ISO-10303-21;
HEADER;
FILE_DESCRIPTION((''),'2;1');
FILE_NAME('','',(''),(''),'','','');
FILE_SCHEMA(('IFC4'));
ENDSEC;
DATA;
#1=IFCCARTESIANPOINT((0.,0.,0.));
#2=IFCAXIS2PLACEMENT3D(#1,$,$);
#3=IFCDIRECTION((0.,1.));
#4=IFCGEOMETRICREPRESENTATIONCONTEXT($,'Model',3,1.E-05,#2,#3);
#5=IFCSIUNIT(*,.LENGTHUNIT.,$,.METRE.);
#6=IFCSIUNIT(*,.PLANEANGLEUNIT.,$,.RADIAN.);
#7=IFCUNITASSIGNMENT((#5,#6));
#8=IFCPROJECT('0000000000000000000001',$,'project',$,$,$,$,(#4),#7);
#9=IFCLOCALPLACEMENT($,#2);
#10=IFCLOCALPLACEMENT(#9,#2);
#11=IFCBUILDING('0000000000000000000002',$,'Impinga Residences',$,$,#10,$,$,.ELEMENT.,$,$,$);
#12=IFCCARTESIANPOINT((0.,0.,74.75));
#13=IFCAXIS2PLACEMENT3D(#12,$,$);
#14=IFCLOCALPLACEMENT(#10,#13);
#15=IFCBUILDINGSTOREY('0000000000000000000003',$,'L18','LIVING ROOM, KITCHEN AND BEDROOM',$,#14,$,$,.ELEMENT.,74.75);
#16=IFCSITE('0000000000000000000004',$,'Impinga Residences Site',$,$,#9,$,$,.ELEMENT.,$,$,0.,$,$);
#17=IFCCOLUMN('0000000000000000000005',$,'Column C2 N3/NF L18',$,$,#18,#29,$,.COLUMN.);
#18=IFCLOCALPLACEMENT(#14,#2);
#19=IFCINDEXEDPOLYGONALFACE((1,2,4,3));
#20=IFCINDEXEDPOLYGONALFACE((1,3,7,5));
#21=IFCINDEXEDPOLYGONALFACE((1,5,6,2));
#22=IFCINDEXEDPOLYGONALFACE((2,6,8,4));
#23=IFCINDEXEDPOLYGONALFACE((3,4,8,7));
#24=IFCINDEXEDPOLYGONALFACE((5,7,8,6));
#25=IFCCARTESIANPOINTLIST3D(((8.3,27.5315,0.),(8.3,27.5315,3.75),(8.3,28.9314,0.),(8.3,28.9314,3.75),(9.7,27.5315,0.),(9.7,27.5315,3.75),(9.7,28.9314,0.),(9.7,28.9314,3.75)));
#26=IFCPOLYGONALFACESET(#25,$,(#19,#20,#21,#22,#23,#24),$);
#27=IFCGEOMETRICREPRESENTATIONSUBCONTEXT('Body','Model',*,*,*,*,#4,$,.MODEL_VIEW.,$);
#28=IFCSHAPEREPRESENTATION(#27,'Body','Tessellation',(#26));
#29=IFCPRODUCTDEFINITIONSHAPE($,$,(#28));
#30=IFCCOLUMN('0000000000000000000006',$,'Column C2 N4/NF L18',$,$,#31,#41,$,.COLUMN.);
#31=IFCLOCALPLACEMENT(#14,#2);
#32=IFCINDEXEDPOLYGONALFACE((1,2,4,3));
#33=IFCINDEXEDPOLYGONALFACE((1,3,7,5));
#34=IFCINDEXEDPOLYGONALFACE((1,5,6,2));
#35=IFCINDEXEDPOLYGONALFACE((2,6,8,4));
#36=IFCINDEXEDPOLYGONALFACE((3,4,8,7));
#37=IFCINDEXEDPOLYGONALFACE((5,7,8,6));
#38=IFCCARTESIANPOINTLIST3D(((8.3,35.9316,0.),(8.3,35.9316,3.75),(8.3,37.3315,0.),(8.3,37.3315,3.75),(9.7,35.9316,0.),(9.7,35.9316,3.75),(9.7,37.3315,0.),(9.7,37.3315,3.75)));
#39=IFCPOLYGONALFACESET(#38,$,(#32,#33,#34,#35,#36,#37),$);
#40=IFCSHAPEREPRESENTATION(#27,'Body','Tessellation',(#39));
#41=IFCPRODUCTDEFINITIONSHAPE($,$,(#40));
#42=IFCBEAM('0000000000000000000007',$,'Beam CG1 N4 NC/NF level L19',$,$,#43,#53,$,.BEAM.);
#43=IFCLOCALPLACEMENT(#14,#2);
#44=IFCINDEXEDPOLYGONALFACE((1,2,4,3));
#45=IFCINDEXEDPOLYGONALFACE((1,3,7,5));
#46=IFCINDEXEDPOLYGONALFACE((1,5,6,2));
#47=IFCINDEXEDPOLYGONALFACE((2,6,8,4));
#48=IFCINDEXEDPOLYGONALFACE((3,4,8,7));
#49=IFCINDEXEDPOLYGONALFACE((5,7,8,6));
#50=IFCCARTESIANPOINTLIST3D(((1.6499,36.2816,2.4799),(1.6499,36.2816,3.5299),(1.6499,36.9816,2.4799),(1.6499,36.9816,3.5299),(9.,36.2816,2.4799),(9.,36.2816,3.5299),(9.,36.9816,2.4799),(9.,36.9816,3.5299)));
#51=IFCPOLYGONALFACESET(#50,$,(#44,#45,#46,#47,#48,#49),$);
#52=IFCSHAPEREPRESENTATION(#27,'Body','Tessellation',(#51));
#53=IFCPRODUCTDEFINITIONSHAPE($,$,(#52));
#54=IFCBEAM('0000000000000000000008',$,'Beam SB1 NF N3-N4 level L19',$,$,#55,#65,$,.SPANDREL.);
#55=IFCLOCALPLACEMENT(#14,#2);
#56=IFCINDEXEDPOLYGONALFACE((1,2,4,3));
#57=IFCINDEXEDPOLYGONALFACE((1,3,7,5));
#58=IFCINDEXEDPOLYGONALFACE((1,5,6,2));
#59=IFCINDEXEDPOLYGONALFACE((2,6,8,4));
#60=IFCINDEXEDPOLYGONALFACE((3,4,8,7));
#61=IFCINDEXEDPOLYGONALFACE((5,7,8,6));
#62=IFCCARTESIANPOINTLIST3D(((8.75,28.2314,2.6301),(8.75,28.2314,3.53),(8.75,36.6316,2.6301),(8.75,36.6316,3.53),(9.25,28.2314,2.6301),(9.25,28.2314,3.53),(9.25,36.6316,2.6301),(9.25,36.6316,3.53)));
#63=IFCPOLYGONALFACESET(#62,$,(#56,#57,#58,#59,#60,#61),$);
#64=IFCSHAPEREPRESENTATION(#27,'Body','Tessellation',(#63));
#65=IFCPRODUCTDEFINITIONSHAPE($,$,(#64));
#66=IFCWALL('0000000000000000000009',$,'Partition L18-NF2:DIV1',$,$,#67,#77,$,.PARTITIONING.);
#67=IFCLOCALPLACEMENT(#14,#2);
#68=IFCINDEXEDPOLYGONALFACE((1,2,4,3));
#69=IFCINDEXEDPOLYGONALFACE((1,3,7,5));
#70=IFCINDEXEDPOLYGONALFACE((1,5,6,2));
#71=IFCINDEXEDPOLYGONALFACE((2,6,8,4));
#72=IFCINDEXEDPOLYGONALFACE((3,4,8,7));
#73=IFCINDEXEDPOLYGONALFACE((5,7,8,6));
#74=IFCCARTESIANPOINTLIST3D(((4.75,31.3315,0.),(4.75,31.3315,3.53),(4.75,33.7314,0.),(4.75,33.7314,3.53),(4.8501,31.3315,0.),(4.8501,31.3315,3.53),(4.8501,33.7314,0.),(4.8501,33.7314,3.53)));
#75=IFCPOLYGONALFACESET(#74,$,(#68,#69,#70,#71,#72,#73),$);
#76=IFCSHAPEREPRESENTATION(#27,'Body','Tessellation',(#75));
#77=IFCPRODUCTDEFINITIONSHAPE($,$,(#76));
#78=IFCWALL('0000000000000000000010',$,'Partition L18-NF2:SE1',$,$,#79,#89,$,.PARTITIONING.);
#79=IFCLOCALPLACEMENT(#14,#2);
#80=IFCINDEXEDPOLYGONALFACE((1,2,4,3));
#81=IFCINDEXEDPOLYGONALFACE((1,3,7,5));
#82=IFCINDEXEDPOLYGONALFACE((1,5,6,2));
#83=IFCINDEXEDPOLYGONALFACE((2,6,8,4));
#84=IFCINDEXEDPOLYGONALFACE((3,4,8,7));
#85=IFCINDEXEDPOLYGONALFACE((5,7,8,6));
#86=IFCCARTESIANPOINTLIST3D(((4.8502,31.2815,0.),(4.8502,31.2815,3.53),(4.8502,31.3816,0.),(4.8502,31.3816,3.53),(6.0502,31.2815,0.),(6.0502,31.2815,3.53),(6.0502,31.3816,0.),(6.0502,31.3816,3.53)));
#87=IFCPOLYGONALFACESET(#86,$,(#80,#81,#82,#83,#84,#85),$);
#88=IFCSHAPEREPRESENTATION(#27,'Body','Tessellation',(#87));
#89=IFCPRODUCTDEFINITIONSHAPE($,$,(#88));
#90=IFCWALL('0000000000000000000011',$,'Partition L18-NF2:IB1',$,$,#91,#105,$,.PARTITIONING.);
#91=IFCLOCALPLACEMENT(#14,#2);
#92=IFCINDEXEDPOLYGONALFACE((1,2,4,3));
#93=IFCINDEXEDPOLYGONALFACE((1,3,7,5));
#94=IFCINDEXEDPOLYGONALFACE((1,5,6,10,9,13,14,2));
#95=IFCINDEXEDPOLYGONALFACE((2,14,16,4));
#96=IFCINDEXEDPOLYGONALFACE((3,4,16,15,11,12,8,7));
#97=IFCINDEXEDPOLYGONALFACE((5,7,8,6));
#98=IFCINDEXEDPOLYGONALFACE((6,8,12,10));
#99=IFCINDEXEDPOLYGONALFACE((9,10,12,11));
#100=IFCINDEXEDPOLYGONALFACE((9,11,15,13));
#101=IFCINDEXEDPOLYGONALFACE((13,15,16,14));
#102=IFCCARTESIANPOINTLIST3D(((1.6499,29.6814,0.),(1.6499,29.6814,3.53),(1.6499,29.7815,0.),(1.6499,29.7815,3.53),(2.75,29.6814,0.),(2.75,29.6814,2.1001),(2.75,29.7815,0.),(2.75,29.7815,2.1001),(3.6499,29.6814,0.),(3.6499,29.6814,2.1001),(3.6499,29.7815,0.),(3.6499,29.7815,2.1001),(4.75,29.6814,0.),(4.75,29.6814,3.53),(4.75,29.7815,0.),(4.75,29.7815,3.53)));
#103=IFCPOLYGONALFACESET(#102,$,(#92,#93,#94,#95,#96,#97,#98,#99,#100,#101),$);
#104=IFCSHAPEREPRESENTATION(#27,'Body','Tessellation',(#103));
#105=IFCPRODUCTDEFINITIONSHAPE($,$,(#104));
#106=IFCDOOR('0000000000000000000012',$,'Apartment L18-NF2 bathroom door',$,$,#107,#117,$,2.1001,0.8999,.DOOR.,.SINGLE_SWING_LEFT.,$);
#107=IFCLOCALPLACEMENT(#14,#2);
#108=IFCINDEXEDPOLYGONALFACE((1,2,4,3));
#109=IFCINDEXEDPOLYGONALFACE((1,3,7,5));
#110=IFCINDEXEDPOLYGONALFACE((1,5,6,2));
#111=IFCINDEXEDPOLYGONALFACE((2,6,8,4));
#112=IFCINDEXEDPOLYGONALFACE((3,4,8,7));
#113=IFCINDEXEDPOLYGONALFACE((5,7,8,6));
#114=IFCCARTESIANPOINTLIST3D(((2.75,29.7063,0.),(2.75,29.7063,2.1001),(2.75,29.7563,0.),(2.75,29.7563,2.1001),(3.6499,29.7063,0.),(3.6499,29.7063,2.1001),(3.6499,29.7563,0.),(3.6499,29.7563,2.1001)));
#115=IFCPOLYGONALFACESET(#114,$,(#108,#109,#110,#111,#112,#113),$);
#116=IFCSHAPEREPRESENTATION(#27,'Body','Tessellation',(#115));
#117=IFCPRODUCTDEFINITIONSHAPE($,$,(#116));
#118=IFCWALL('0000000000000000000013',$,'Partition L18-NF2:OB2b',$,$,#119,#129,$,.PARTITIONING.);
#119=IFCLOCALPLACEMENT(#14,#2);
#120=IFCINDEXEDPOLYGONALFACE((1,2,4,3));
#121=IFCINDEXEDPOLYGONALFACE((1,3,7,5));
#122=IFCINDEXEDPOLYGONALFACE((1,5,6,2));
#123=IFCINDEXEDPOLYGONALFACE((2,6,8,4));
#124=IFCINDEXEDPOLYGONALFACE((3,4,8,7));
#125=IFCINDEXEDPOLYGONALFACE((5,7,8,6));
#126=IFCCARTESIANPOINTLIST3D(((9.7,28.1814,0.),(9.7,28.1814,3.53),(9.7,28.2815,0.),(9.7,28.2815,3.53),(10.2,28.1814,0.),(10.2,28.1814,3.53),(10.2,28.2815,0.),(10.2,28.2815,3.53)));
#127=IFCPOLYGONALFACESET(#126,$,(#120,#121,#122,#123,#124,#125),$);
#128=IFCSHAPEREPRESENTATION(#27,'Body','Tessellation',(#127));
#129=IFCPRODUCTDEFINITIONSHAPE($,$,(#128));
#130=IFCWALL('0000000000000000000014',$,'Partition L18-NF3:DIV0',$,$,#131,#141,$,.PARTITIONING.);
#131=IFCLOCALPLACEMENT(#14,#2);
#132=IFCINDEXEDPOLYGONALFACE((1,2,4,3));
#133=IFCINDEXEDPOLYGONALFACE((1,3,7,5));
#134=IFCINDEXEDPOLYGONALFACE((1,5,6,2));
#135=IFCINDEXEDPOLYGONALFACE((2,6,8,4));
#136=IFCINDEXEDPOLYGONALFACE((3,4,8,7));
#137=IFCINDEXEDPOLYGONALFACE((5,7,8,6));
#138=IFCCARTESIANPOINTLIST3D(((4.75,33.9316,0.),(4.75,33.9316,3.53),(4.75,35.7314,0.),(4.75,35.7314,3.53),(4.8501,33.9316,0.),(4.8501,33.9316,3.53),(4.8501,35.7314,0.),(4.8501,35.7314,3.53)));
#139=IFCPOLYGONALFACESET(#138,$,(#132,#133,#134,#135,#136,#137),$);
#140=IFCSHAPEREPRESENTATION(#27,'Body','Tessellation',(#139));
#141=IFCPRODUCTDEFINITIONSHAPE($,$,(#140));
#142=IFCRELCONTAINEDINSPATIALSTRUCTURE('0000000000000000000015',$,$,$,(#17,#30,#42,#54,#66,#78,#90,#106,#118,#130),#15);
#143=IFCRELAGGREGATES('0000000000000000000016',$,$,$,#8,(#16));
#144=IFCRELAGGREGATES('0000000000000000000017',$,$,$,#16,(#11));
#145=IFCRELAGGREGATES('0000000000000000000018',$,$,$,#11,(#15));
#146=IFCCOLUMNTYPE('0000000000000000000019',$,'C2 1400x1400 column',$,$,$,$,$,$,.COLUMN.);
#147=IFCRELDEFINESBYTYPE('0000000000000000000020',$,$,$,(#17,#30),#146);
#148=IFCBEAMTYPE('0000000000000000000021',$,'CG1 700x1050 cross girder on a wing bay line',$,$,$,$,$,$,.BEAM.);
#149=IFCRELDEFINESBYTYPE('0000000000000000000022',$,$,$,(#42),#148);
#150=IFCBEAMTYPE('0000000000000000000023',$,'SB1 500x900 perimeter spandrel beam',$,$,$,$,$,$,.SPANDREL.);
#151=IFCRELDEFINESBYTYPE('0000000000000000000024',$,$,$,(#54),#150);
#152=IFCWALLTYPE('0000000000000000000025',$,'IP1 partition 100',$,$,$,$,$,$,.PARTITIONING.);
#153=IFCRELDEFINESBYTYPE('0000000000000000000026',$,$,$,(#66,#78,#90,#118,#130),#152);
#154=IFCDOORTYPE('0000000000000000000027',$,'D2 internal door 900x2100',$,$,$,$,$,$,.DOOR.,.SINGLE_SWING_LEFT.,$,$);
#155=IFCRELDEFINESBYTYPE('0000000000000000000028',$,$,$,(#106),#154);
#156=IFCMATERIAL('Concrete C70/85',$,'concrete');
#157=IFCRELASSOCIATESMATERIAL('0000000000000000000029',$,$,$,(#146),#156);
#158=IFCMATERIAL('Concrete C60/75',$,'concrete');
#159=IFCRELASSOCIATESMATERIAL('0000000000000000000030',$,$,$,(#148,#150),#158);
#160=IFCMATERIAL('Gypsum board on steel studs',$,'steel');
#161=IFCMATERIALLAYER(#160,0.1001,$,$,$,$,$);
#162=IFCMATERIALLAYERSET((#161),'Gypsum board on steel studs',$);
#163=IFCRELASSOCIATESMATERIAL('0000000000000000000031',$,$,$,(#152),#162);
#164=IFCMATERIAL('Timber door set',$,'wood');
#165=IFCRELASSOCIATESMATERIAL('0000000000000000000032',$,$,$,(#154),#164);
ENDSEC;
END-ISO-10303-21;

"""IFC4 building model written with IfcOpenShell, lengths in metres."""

from ifc_helpers import new_model, si_unit, direction, frame, frame_2d, origin, origin_2d, place, context, subcontext, project, spatial, rectangle, extrude, material, layer, layer_set, material_profile, profile_set, type_object, element, fill, save


model = new_model("IFC4")

# Units and contexts
model_context = context("Model", 3, precision=1e-05, world=origin(), true_north=direction((0.0, 1.0)))
body_context = subcontext(model_context, "Body", "Model", "MODEL_VIEW")
ifc_project = project(units=[si_unit("LENGTHUNIT", "METRE"), si_unit("PLANEANGLEUNIT", "RADIAN")], contexts=[model_context])

# Site, building, storey
site_placement = place(None, origin())
site = spatial("IfcSite", under=ifc_project, at=site_placement, Name="Impinga Residences Site", CompositionType="ELEMENT", RefElevation=0.0)
building_placement = place(site_placement, origin())
building = spatial("IfcBuilding", under=site, at=building_placement, Name="Impinga Residences", CompositionType="ELEMENT")
storey_placement = place(building_placement, frame((0.0, 0.0, 74.75)))
storey = spatial("IfcBuildingStorey", under=building, at=storey_placement, Name="L18", Description="LIVING ROOM, KITCHEN AND BEDROOM", CompositionType="ELEMENT", Elevation=74.75)

# Columns
ifc_material_1 = material(Name="Concrete C70/85", Category="concrete")
ifc_material_profile_1 = material_profile(ifc_material_1, rectangle(XDim=1.3999, YDim=1.3999, at=origin_2d()), Name="RC 1400x1400")
ifc_profile_set_1 = profile_set([ifc_material_profile_1], Name="Concrete C70/85")
column_type = type_object("IfcColumnType", Name="C2 1400x1400 column", PredefinedType="COLUMN", material=ifc_profile_set_1)
for number, where, z_axis, x_axis, name in (
    (1, (9.0, 28.2314, 0.0), (0.0, 0.0, 1.0), (1.0, 0.0, 0.0), "Column C2 N3/NF L18"),
    (2, (9.0, 36.6316, 0.0), (0.0, 0.0, 1.0), (1.0, 0.0, 0.0), "Column C2 N4/NF L18"),
):
    element("IfcColumn", number, at=place(storey_placement, frame(where, z_axis=z_axis, x_axis=x_axis)), inside=storey, type_object=column_type, Name=name, PredefinedType="COLUMN", context=body_context, shape_type="SweptSolid", body=[
        extrude(rectangle(XDim=1.3999, YDim=1.3999, at=origin_2d()), origin(), (0.0, 0.0, 1.0), 3.75),
    ])

# Beams
ifc_material_2 = material(Name="Concrete C60/75", Category="concrete")
ifc_material_profile_2 = material_profile(ifc_material_2, rectangle(XDim=0.7, YDim=1.05, at=origin_2d()), Name="RC 700x1050")
ifc_profile_set_2 = profile_set([ifc_material_profile_2], Name="Concrete C60/75")
beam_type_1 = type_object("IfcBeamType", Name="CG1 700x1050 cross girder on a wing bay line", PredefinedType="BEAM", material=ifc_profile_set_2)
beam_1_placement = place(storey_placement, frame((1.6499, 36.6316, 3.0049), z_axis=(1.0, 0.0, 0.0), x_axis=(0.0, 1.0, 0.0)))
element("IfcBeam", 3, at=beam_1_placement, inside=storey, type_object=beam_type_1, Name="Beam CG1 N4 NC/NF level L19", PredefinedType="BEAM", context=body_context, shape_type="SweptSolid", body=[
    extrude(rectangle(XDim=0.7, YDim=1.05, at=origin_2d()), origin(), (0.0, 0.0, 1.0), 7.3501),
])
ifc_material_profile_3 = material_profile(ifc_material_2, rectangle(XDim=0.5, YDim=0.8999, at=origin_2d()), Name="RC 500x900")
ifc_profile_set_3 = profile_set([ifc_material_profile_3], Name="Concrete C60/75")
beam_type_2 = type_object("IfcBeamType", Name="SB1 500x900 perimeter spandrel beam", PredefinedType="SPANDREL", material=ifc_profile_set_3)
beam_2_placement = place(storey_placement, frame((9.0, 28.2314, 3.0801), z_axis=(0.0, 1.0, 0.0), x_axis=(-1.0, 0.0, 0.0)))
element("IfcBeam", 4, at=beam_2_placement, inside=storey, type_object=beam_type_2, Name="Beam SB1 NF N3-N4 level L19", PredefinedType="SPANDREL", context=body_context, shape_type="SweptSolid", body=[
    extrude(rectangle(XDim=0.5, YDim=0.8999, at=origin_2d()), origin(), (0.0, 0.0, 1.0), 8.4001),
])

# Walls
ifc_material_3 = material(Name="Gypsum board on steel studs", Category="steel")
ifc_layer_1 = layer(ifc_material_3, 0.1001)
ifc_layer_set_1 = layer_set([ifc_layer_1], Name="Gypsum board on steel studs")
wall_type_1 = type_object("IfcWallType", Name="IP1 partition 100", PredefinedType="PARTITIONING", material=ifc_layer_set_1)
wall_1_placement = place(storey_placement, frame((4.8, 31.3315, 0.0), z_axis=(0.0, 0.0, 1.0), x_axis=(0.0, 1.0, 0.0)))
element("IfcWall", 5, at=wall_1_placement, inside=storey, type_object=wall_type_1, Name="Partition L18-NF2:DIV1", PredefinedType="PARTITIONING", context=body_context, shape_type="SweptSolid", body=[
    extrude(rectangle(XDim=2.3999, YDim=0.1001, at=frame_2d((1.2, 0.0))), origin(), (0.0, 0.0, 1.0), 3.53),
])
wall_2_placement = place(storey_placement, frame((4.8501, 31.3315, 0.0), z_axis=(0.0, 0.0, 1.0), x_axis=(1.0, 0.0, 0.0)))
element("IfcWall", 6, at=wall_2_placement, inside=storey, type_object=wall_type_1, Name="Partition L18-NF2:SE1", PredefinedType="PARTITIONING", context=body_context, shape_type="SweptSolid", body=[
    extrude(rectangle(XDim=1.2, YDim=0.1001, at=frame_2d((0.6001, 0.0))), origin(), (0.0, 0.0, 1.0), 3.53),
])

# Wall, opening, door
wall_3_placement = place(storey_placement, frame((1.6499, 29.7314, 0.0), z_axis=(0.0, 0.0, 1.0), x_axis=(1.0, 0.0, 0.0)))
wall_3 = element("IfcWall", 7, at=wall_3_placement, inside=storey, type_object=wall_type_1, Name="Partition L18-NF2:IB1", PredefinedType="PARTITIONING", context=body_context, shape_type="SweptSolid", body=[
    extrude(rectangle(XDim=3.1001, YDim=0.1001, at=frame_2d((1.55, 0.0))), origin(), (0.0, 0.0, 1.0), 3.53),
])
opening_1_placement = place(wall_3_placement, frame((1.1001, 0.0, 0.0)))
opening_1 = element("IfcOpeningElement", 8, at=opening_1_placement, cuts=wall_3, PredefinedType="OPENING", context=body_context, shape_type="SweptSolid", body=[
    extrude(rectangle(XDim=0.8999, YDim=2.1001, at=frame_2d((0.45, 1.05))), frame((0.0, 0.0601, 0.0), z_axis=(0.0, -1.0, 0.0), x_axis=(1.0, 0.0, 0.0)), (0.0, 0.0, 1.0), 0.1201),
])
ifc_material_4 = material(Name="Timber door set", Category="wood")
door_type = type_object("IfcDoorType", Name="D2 internal door 900x2100", OperationType="SINGLE_SWING_LEFT", PredefinedType="DOOR", material=ifc_material_4)
door_1_placement = place(opening_1_placement, origin())
door_1 = element("IfcDoor", 9, at=door_1_placement, inside=storey, type_object=door_type, Name="Apartment L18-NF2 bathroom door", OperationType="SINGLE_SWING_LEFT", OverallHeight=2.1001, OverallWidth=0.8999, PredefinedType="DOOR", context=body_context, shape_type="SweptSolid", body=[
    extrude(rectangle(XDim=0.8999, YDim=2.1001, at=frame_2d((0.45, 1.05))), frame((0.0, 0.0249, 0.0), z_axis=(0.0, -1.0, 0.0), x_axis=(1.0, 0.0, 0.0)), (0.0, 0.0, 1.0), 0.05),
])
fill(opening_1, door_1)

# Walls
wall_4_placement = place(storey_placement, frame((9.7, 28.2314, 0.0), z_axis=(0.0, 0.0, 1.0), x_axis=(1.0, 0.0, 0.0)))
element("IfcWall", 10, at=wall_4_placement, inside=storey, type_object=wall_type_1, Name="Partition L18-NF2:OB2b", PredefinedType="PARTITIONING", context=body_context, shape_type="SweptSolid", body=[
    extrude(rectangle(XDim=0.5, YDim=0.1001, at=frame_2d((0.25, 0.0))), origin(), (0.0, 0.0, 1.0), 3.53),
])
wall_5_placement = place(storey_placement, frame((4.8, 33.9316, 0.0), z_axis=(0.0, 0.0, 1.0), x_axis=(0.0, 1.0, 0.0)))
element("IfcWall", 11, at=wall_5_placement, inside=storey, type_object=wall_type_1, Name="Partition L18-NF3:DIV0", PredefinedType="PARTITIONING", context=body_context, shape_type="SweptSolid", body=[
    extrude(rectangle(XDim=1.7998, YDim=0.1001, at=frame_2d((0.8999, 0.0))), origin(), (0.0, 0.0, 1.0), 3.53),
])

save(model, "model.ifc")
